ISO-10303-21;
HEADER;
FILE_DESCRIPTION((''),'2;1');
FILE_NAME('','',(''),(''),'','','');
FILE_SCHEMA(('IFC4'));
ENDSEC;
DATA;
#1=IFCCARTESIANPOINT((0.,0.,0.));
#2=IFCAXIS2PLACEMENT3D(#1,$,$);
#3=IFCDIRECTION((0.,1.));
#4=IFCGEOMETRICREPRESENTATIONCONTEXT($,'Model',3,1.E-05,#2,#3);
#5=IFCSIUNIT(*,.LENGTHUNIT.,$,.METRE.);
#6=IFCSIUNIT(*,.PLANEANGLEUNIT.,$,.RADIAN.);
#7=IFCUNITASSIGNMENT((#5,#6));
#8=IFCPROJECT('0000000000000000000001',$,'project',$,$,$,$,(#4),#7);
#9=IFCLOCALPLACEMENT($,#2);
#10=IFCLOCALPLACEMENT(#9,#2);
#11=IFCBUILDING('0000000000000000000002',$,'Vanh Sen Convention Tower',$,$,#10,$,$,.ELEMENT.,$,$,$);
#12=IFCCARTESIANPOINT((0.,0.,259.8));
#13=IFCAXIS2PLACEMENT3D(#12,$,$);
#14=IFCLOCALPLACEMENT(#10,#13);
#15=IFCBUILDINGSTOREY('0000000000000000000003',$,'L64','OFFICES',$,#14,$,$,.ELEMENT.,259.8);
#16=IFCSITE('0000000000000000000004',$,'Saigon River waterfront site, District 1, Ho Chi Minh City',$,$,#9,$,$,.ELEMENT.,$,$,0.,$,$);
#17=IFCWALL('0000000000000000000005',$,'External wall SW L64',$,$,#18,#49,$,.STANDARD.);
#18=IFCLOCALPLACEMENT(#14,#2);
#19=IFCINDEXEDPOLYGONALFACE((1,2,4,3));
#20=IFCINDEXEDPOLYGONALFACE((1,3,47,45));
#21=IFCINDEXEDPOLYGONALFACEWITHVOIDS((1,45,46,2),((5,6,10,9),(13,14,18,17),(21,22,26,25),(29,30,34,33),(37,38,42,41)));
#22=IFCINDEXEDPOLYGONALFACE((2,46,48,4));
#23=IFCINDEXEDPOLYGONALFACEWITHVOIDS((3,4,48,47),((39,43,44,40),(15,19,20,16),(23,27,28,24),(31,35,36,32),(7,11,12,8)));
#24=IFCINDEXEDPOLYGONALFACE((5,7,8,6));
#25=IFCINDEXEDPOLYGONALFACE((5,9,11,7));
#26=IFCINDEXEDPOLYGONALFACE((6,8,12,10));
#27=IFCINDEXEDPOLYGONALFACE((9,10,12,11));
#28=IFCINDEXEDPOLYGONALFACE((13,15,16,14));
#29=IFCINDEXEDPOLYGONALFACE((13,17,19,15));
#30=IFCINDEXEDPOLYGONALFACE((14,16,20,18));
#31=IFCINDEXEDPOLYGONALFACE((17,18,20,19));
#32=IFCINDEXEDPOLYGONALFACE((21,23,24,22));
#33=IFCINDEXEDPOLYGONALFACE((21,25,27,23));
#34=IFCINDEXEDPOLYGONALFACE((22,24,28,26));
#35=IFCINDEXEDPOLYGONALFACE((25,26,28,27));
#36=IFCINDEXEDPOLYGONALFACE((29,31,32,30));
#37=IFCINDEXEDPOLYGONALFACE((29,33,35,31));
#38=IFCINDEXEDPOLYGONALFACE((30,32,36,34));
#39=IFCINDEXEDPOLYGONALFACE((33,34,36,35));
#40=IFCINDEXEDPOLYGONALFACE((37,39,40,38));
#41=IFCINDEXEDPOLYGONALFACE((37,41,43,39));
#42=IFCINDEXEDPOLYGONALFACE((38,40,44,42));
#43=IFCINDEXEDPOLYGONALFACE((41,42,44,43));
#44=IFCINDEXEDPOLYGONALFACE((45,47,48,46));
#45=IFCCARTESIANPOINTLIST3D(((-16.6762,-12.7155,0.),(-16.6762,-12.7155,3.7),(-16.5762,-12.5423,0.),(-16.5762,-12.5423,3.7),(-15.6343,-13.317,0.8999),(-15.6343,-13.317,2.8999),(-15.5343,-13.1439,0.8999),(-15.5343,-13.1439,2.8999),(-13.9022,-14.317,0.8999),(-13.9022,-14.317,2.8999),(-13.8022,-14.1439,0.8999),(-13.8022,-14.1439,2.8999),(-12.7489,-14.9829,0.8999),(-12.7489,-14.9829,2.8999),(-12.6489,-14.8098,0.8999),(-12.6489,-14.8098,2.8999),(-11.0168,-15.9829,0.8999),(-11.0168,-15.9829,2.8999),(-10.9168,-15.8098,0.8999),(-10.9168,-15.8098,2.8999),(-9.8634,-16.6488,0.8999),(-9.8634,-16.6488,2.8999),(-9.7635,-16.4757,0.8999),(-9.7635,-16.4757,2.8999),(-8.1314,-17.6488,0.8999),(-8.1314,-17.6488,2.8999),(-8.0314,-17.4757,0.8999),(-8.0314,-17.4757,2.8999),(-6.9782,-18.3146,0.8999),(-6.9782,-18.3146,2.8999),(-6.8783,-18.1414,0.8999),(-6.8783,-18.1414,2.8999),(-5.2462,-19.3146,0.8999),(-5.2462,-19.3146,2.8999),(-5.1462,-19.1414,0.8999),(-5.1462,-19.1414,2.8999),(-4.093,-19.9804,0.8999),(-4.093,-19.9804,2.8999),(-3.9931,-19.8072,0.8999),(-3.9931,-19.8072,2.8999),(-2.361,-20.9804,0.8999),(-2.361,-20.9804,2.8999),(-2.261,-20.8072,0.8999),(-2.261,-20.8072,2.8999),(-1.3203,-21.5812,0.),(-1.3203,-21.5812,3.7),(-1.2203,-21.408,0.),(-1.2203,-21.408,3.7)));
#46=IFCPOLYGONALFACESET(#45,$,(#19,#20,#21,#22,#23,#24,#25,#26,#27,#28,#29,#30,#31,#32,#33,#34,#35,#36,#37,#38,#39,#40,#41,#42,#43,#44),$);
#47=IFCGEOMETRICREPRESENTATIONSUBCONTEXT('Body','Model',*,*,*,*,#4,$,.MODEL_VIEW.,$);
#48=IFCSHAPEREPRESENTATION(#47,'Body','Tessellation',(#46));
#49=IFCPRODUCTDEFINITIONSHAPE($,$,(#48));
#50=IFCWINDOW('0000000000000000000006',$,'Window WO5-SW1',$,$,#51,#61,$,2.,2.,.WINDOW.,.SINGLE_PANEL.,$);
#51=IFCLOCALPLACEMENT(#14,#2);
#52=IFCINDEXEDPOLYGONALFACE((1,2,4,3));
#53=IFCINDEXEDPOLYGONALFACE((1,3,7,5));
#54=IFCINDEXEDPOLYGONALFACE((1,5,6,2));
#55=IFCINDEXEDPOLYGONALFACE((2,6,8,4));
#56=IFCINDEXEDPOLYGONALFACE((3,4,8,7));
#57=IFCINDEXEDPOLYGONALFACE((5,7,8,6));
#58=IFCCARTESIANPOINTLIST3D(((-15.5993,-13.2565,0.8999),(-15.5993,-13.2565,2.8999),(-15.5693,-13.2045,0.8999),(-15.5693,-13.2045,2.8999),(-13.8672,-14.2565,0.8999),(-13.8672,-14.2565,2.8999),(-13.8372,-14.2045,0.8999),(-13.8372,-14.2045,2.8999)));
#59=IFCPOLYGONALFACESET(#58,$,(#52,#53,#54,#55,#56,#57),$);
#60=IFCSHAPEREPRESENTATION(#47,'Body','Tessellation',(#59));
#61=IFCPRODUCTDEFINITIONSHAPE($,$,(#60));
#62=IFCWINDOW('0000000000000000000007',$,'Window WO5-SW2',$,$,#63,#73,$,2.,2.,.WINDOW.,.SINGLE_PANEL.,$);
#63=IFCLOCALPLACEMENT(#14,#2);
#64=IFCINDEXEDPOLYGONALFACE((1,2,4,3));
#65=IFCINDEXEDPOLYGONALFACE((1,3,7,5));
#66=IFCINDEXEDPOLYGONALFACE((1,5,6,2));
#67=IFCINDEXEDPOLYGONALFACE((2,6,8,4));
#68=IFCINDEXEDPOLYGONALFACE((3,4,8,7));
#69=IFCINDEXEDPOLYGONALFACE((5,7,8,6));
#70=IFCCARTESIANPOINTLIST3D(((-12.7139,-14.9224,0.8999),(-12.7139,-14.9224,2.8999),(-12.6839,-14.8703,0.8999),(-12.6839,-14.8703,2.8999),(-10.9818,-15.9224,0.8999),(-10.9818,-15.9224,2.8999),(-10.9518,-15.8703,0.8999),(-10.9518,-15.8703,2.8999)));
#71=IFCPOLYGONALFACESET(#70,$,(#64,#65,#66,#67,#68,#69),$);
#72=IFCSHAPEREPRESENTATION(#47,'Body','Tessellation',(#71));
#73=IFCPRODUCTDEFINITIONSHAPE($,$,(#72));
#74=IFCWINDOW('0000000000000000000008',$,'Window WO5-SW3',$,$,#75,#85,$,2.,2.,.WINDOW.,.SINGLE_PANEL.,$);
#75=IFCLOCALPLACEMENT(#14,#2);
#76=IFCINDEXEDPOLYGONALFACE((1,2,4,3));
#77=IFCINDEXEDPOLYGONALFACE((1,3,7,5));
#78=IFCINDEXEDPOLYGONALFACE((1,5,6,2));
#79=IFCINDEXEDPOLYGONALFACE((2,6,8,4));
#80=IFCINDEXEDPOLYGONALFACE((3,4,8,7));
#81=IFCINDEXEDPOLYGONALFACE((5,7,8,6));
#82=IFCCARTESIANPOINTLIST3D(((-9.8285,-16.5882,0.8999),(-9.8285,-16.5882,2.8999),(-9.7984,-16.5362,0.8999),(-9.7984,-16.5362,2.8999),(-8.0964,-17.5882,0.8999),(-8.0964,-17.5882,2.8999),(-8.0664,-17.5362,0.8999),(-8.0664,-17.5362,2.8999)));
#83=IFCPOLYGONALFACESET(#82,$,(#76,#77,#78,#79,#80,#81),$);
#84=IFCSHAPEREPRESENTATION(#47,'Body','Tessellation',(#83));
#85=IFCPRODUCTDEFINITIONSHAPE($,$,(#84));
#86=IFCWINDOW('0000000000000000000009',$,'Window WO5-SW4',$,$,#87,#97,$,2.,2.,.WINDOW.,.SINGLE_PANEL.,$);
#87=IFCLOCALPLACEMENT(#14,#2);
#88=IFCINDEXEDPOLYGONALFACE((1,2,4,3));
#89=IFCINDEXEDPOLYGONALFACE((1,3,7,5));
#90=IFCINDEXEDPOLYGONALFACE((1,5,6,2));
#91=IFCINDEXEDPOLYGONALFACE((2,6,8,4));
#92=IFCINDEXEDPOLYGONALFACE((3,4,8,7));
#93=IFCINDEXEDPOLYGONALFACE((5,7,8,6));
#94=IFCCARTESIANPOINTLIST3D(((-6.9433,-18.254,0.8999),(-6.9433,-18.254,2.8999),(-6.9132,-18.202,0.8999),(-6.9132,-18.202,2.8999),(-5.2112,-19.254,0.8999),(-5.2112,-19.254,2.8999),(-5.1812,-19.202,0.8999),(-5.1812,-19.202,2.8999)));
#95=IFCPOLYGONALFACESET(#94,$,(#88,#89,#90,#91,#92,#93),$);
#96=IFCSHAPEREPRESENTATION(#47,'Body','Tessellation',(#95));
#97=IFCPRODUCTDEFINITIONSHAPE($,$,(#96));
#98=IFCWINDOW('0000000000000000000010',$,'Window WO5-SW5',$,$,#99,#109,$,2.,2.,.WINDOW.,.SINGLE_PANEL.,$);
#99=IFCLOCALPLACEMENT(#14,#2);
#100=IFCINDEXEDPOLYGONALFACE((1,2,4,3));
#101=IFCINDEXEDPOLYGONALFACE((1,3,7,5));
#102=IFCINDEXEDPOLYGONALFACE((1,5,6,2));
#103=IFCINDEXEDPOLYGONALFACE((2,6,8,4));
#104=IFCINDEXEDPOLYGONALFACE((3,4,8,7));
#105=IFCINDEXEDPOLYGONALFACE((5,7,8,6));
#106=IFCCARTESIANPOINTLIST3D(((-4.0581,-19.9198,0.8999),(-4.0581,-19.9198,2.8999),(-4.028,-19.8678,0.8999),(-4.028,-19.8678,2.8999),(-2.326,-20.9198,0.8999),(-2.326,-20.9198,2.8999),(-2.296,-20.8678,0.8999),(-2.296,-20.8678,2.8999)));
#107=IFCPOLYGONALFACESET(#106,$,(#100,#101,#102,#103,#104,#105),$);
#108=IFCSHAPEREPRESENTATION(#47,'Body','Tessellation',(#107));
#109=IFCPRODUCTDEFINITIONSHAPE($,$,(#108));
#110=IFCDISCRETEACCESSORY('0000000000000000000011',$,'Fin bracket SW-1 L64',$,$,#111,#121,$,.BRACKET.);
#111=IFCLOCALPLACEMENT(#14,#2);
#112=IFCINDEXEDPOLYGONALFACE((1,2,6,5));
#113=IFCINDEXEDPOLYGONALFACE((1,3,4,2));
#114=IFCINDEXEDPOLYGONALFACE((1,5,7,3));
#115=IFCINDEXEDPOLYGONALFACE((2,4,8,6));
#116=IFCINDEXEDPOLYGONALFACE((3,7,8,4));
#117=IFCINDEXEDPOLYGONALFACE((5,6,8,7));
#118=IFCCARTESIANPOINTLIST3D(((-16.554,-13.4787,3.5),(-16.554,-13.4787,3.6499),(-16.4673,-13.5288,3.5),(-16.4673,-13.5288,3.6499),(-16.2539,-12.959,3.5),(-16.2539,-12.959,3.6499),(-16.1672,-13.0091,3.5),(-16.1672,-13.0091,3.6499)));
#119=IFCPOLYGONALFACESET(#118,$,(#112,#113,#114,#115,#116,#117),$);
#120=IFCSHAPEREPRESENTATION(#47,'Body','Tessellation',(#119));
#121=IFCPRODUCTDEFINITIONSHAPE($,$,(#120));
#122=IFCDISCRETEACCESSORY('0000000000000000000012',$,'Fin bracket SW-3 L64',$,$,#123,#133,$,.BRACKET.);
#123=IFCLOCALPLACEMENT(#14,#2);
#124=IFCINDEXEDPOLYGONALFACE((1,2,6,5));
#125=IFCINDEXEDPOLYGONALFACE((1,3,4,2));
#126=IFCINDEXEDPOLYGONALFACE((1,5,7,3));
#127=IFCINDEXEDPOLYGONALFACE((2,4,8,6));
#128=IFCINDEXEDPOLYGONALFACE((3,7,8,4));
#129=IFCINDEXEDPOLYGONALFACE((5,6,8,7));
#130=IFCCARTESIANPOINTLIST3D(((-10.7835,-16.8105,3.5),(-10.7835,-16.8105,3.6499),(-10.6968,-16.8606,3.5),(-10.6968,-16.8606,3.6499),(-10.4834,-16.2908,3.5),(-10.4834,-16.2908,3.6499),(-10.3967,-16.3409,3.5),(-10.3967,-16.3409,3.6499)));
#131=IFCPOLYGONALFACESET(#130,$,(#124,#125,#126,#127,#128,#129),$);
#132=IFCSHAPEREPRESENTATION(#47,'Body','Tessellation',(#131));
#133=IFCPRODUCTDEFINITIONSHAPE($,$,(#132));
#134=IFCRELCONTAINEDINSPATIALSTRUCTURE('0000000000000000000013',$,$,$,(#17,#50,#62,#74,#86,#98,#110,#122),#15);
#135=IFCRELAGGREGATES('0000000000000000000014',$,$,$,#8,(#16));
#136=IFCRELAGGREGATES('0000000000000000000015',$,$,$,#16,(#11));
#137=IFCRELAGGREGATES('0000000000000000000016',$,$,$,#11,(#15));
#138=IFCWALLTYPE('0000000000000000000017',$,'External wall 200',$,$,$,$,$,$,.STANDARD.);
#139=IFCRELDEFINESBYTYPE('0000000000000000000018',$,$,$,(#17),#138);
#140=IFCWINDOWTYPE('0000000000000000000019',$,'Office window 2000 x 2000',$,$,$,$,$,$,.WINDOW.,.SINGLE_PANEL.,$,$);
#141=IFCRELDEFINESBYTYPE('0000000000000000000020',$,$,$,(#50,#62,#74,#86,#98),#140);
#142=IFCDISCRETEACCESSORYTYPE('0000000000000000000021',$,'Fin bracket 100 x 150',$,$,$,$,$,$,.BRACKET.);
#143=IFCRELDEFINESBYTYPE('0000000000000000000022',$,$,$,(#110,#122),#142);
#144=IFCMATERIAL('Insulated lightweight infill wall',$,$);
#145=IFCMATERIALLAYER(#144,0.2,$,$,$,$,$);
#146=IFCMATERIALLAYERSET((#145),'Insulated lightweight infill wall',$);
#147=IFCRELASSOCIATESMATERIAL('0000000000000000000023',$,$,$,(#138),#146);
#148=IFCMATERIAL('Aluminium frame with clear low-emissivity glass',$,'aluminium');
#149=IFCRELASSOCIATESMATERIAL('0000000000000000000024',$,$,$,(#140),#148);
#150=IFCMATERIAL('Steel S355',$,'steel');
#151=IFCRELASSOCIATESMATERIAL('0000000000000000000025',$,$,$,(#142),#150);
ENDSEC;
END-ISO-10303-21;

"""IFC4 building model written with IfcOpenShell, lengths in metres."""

from ifc_helpers import new_model, si_unit, direction, frame, frame_2d, origin, origin_2d, place, context, subcontext, project, spatial, rectangle, extrude, material, layer, layer_set, type_object, element, fill, save


model = new_model("IFC4")

# Units and contexts
model_context = context("Model", 3, precision=1e-05, world=origin(), true_north=direction((0.0, 1.0)))
body_context = subcontext(model_context, "Body", "Model", "MODEL_VIEW")
ifc_project = project(units=[si_unit("LENGTHUNIT", "METRE"), si_unit("PLANEANGLEUNIT", "RADIAN")], contexts=[model_context])

# Site, building, storey
site_placement = place(None, origin())
site = spatial("IfcSite", under=ifc_project, at=site_placement, Name="Saigon River waterfront site, District 1, Ho Chi Minh City", CompositionType="ELEMENT", RefElevation=0.0)
building_placement = place(site_placement, origin())
building = spatial("IfcBuilding", under=site, at=building_placement, Name="Vanh Sen Convention Tower", CompositionType="ELEMENT")
storey_placement = place(building_placement, frame((0.0, 0.0, 259.8)))
storey = spatial("IfcBuildingStorey", under=building, at=storey_placement, Name="L64", Description="OFFICES", CompositionType="ELEMENT", Elevation=259.8)

# Wall, openings, windows
ifc_material_1 = material(Name="Insulated lightweight infill wall")
ifc_layer_1 = layer(ifc_material_1, 0.2)
ifc_layer_set_1 = layer_set([ifc_layer_1], Name="Insulated lightweight infill wall")
wall_type_1 = type_object("IfcWallType", Name="External wall 200", PredefinedType="STANDARD", material=ifc_layer_set_1)
wall_1_placement = place(storey_placement, frame((-16.6262, -12.6289, 0.0), z_axis=(0.0, 0.0, 1.0), x_axis=(0.866026, -0.499998, 0.0)))
wall_1 = element("IfcWall", 1, at=wall_1_placement, inside=storey, type_object=wall_type_1, Name="External wall SW L64", PredefinedType="STANDARD", context=body_context, shape_type="SweptSolid", body=[
    extrude(rectangle(XDim=17.7314, YDim=0.2, at=frame_2d((8.8657, 0.0))), origin(), (0.0, 0.0, 1.0), 3.7),
])
opening_1_placement = place(wall_1_placement, frame((1.2031, 0.0, 0.8999)))
opening_1 = element("IfcOpeningElement", 2, at=opening_1_placement, cuts=wall_1, PredefinedType="OPENING", context=body_context, shape_type="SweptSolid", body=[
    extrude(rectangle(XDim=2.0, YDim=2.0, at=frame_2d((1.0, 1.0))), frame((0.0, 0.1099, 0.0), z_axis=(0.0, -1.0, 0.0), x_axis=(1.0, 0.0, 0.0)), (0.0, 0.0, 1.0), 0.22),
])
opening_2_placement = place(wall_1_placement, frame((4.5349, 0.0, 0.8999)))
opening_2 = element("IfcOpeningElement", 3, at=opening_2_placement, cuts=wall_1, PredefinedType="OPENING", context=body_context, shape_type="SweptSolid", body=[
    extrude(rectangle(XDim=2.0, YDim=2.0, at=frame_2d((1.0, 1.0))), frame((0.0, 0.1099, 0.0), z_axis=(0.0, -1.0, 0.0), x_axis=(1.0, 0.0, 0.0)), (0.0, 0.0, 1.0), 0.22),
])
opening_3_placement = place(wall_1_placement, frame((7.8667, 0.0, 0.8999)))
opening_3 = element("IfcOpeningElement", 4, at=opening_3_placement, cuts=wall_1, PredefinedType="OPENING", context=body_context, shape_type="SweptSolid", body=[
    extrude(rectangle(XDim=2.0, YDim=2.0, at=frame_2d((1.0, 1.0))), frame((0.0, 0.1099, 0.0), z_axis=(0.0, -1.0, 0.0), x_axis=(1.0, 0.0, 0.0)), (0.0, 0.0, 1.0), 0.22),
])
opening_4_placement = place(wall_1_placement, frame((11.1982, 0.0, 0.8999)))
opening_4 = element("IfcOpeningElement", 5, at=opening_4_placement, cuts=wall_1, PredefinedType="OPENING", context=body_context, shape_type="SweptSolid", body=[
    extrude(rectangle(XDim=2.0, YDim=2.0, at=frame_2d((1.0, 1.0))), frame((0.0, 0.1099, 0.0), z_axis=(0.0, -1.0, 0.0), x_axis=(1.0, 0.0, 0.0)), (0.0, 0.0, 1.0), 0.22),
])
opening_5_placement = place(wall_1_placement, frame((14.5298, 0.0, 0.8999)))
opening_5 = element("IfcOpeningElement", 6, at=opening_5_placement, cuts=wall_1, PredefinedType="OPENING", context=body_context, shape_type="SweptSolid", body=[
    extrude(rectangle(XDim=2.0, YDim=2.0, at=frame_2d((1.0, 1.0))), frame((0.0, 0.1099, 0.0), z_axis=(0.0, -1.0, 0.0), x_axis=(1.0, 0.0, 0.0)), (0.0, 0.0, 1.0), 0.22),
])
ifc_material_2 = material(Name="Aluminium frame with clear low-emissivity glass", Category="aluminium")
window_type = type_object("IfcWindowType", Name="Office window 2000 x 2000", PartitioningType="SINGLE_PANEL", PredefinedType="WINDOW", material=ifc_material_2)
window_1_placement = place(opening_1_placement, origin())
window_1 = element("IfcWindow", 7, at=window_1_placement, inside=storey, type_object=window_type, Name="Window WO5-SW1", OverallHeight=2.0, OverallWidth=2.0, PartitioningType="SINGLE_PANEL", PredefinedType="WINDOW", context=body_context, shape_type="SweptSolid", body=[
    extrude(rectangle(XDim=2.0, YDim=2.0, at=frame_2d((1.0, 1.0))), frame((0.0, 0.03, 0.0), z_axis=(0.0, -1.0, 0.0), x_axis=(1.0, 0.0, 0.0)), (0.0, 0.0, 1.0), 0.0601),
])
fill(opening_1, window_1)
window_2_placement = place(opening_2_placement, origin())
window_2 = element("IfcWindow", 8, at=window_2_placement, inside=storey, type_object=window_type, Name="Window WO5-SW2", OverallHeight=2.0, OverallWidth=2.0, PartitioningType="SINGLE_PANEL", PredefinedType="WINDOW", context=body_context, shape_type="SweptSolid", body=[
    extrude(rectangle(XDim=2.0, YDim=2.0, at=frame_2d((1.0, 1.0))), frame((0.0, 0.03, 0.0), z_axis=(0.0, -1.0, 0.0), x_axis=(1.0, 0.0, 0.0)), (0.0, 0.0, 1.0), 0.0601),
])
fill(opening_2, window_2)
window_3_placement = place(opening_3_placement, origin())
window_3 = element("IfcWindow", 9, at=window_3_placement, inside=storey, type_object=window_type, Name="Window WO5-SW3", OverallHeight=2.0, OverallWidth=2.0, PartitioningType="SINGLE_PANEL", PredefinedType="WINDOW", context=body_context, shape_type="SweptSolid", body=[
    extrude(rectangle(XDim=2.0, YDim=2.0, at=frame_2d((1.0, 1.0))), frame((0.0, 0.03, 0.0), z_axis=(0.0, -1.0, 0.0), x_axis=(1.0, 0.0, 0.0)), (0.0, 0.0, 1.0), 0.0601),
])
fill(opening_3, window_3)
window_4_placement = place(opening_4_placement, origin())
window_4 = element("IfcWindow", 10, at=window_4_placement, inside=storey, type_object=window_type, Name="Window WO5-SW4", OverallHeight=2.0, OverallWidth=2.0, PartitioningType="SINGLE_PANEL", PredefinedType="WINDOW", context=body_context, shape_type="SweptSolid", body=[
    extrude(rectangle(XDim=2.0, YDim=2.0, at=frame_2d((1.0, 1.0))), frame((0.0, 0.03, 0.0), z_axis=(0.0, -1.0, 0.0), x_axis=(1.0, 0.0, 0.0)), (0.0, 0.0, 1.0), 0.0601),
])
fill(opening_4, window_4)
window_5_placement = place(opening_5_placement, origin())
window_5 = element("IfcWindow", 11, at=window_5_placement, inside=storey, type_object=window_type, Name="Window WO5-SW5", OverallHeight=2.0, OverallWidth=2.0, PartitioningType="SINGLE_PANEL", PredefinedType="WINDOW", context=body_context, shape_type="SweptSolid", body=[
    extrude(rectangle(XDim=2.0, YDim=2.0, at=frame_2d((1.0, 1.0))), frame((0.0, 0.03, 0.0), z_axis=(0.0, -1.0, 0.0), x_axis=(1.0, 0.0, 0.0)), (0.0, 0.0, 1.0), 0.0601),
])
fill(opening_5, window_5)

# Discrete accessories
ifc_material_3 = material(Name="Steel S355", Category="steel")
discrete_accessory_type = type_object("IfcDiscreteAccessoryType", Name="Fin bracket 100 x 150", PredefinedType="BRACKET", material=ifc_material_3)
for number, where, z_axis, x_axis, name in (
    (12, (-16.3606, -13.2439, 3.5), (0.0, 0.0, 1.0), (-0.5, -0.866025, 0.0), "Fin bracket SW-1 L64"),
    (13, (-10.5901, -16.5757, 3.5), (0.0, 0.0, 1.0), (-0.5, -0.866025, 0.0), "Fin bracket SW-3 L64"),
):
    element("IfcDiscreteAccessory", number, at=place(storey_placement, frame(where, z_axis=z_axis, x_axis=x_axis)), inside=storey, type_object=discrete_accessory_type, Name=name, PredefinedType="BRACKET", context=body_context, shape_type="SweptSolid", body=[
        extrude(rectangle(XDim=0.6001, YDim=0.1001, at=origin_2d()), origin(), (0.0, 0.0, 1.0), 0.1499),
    ])

save(model, "model.ifc")
